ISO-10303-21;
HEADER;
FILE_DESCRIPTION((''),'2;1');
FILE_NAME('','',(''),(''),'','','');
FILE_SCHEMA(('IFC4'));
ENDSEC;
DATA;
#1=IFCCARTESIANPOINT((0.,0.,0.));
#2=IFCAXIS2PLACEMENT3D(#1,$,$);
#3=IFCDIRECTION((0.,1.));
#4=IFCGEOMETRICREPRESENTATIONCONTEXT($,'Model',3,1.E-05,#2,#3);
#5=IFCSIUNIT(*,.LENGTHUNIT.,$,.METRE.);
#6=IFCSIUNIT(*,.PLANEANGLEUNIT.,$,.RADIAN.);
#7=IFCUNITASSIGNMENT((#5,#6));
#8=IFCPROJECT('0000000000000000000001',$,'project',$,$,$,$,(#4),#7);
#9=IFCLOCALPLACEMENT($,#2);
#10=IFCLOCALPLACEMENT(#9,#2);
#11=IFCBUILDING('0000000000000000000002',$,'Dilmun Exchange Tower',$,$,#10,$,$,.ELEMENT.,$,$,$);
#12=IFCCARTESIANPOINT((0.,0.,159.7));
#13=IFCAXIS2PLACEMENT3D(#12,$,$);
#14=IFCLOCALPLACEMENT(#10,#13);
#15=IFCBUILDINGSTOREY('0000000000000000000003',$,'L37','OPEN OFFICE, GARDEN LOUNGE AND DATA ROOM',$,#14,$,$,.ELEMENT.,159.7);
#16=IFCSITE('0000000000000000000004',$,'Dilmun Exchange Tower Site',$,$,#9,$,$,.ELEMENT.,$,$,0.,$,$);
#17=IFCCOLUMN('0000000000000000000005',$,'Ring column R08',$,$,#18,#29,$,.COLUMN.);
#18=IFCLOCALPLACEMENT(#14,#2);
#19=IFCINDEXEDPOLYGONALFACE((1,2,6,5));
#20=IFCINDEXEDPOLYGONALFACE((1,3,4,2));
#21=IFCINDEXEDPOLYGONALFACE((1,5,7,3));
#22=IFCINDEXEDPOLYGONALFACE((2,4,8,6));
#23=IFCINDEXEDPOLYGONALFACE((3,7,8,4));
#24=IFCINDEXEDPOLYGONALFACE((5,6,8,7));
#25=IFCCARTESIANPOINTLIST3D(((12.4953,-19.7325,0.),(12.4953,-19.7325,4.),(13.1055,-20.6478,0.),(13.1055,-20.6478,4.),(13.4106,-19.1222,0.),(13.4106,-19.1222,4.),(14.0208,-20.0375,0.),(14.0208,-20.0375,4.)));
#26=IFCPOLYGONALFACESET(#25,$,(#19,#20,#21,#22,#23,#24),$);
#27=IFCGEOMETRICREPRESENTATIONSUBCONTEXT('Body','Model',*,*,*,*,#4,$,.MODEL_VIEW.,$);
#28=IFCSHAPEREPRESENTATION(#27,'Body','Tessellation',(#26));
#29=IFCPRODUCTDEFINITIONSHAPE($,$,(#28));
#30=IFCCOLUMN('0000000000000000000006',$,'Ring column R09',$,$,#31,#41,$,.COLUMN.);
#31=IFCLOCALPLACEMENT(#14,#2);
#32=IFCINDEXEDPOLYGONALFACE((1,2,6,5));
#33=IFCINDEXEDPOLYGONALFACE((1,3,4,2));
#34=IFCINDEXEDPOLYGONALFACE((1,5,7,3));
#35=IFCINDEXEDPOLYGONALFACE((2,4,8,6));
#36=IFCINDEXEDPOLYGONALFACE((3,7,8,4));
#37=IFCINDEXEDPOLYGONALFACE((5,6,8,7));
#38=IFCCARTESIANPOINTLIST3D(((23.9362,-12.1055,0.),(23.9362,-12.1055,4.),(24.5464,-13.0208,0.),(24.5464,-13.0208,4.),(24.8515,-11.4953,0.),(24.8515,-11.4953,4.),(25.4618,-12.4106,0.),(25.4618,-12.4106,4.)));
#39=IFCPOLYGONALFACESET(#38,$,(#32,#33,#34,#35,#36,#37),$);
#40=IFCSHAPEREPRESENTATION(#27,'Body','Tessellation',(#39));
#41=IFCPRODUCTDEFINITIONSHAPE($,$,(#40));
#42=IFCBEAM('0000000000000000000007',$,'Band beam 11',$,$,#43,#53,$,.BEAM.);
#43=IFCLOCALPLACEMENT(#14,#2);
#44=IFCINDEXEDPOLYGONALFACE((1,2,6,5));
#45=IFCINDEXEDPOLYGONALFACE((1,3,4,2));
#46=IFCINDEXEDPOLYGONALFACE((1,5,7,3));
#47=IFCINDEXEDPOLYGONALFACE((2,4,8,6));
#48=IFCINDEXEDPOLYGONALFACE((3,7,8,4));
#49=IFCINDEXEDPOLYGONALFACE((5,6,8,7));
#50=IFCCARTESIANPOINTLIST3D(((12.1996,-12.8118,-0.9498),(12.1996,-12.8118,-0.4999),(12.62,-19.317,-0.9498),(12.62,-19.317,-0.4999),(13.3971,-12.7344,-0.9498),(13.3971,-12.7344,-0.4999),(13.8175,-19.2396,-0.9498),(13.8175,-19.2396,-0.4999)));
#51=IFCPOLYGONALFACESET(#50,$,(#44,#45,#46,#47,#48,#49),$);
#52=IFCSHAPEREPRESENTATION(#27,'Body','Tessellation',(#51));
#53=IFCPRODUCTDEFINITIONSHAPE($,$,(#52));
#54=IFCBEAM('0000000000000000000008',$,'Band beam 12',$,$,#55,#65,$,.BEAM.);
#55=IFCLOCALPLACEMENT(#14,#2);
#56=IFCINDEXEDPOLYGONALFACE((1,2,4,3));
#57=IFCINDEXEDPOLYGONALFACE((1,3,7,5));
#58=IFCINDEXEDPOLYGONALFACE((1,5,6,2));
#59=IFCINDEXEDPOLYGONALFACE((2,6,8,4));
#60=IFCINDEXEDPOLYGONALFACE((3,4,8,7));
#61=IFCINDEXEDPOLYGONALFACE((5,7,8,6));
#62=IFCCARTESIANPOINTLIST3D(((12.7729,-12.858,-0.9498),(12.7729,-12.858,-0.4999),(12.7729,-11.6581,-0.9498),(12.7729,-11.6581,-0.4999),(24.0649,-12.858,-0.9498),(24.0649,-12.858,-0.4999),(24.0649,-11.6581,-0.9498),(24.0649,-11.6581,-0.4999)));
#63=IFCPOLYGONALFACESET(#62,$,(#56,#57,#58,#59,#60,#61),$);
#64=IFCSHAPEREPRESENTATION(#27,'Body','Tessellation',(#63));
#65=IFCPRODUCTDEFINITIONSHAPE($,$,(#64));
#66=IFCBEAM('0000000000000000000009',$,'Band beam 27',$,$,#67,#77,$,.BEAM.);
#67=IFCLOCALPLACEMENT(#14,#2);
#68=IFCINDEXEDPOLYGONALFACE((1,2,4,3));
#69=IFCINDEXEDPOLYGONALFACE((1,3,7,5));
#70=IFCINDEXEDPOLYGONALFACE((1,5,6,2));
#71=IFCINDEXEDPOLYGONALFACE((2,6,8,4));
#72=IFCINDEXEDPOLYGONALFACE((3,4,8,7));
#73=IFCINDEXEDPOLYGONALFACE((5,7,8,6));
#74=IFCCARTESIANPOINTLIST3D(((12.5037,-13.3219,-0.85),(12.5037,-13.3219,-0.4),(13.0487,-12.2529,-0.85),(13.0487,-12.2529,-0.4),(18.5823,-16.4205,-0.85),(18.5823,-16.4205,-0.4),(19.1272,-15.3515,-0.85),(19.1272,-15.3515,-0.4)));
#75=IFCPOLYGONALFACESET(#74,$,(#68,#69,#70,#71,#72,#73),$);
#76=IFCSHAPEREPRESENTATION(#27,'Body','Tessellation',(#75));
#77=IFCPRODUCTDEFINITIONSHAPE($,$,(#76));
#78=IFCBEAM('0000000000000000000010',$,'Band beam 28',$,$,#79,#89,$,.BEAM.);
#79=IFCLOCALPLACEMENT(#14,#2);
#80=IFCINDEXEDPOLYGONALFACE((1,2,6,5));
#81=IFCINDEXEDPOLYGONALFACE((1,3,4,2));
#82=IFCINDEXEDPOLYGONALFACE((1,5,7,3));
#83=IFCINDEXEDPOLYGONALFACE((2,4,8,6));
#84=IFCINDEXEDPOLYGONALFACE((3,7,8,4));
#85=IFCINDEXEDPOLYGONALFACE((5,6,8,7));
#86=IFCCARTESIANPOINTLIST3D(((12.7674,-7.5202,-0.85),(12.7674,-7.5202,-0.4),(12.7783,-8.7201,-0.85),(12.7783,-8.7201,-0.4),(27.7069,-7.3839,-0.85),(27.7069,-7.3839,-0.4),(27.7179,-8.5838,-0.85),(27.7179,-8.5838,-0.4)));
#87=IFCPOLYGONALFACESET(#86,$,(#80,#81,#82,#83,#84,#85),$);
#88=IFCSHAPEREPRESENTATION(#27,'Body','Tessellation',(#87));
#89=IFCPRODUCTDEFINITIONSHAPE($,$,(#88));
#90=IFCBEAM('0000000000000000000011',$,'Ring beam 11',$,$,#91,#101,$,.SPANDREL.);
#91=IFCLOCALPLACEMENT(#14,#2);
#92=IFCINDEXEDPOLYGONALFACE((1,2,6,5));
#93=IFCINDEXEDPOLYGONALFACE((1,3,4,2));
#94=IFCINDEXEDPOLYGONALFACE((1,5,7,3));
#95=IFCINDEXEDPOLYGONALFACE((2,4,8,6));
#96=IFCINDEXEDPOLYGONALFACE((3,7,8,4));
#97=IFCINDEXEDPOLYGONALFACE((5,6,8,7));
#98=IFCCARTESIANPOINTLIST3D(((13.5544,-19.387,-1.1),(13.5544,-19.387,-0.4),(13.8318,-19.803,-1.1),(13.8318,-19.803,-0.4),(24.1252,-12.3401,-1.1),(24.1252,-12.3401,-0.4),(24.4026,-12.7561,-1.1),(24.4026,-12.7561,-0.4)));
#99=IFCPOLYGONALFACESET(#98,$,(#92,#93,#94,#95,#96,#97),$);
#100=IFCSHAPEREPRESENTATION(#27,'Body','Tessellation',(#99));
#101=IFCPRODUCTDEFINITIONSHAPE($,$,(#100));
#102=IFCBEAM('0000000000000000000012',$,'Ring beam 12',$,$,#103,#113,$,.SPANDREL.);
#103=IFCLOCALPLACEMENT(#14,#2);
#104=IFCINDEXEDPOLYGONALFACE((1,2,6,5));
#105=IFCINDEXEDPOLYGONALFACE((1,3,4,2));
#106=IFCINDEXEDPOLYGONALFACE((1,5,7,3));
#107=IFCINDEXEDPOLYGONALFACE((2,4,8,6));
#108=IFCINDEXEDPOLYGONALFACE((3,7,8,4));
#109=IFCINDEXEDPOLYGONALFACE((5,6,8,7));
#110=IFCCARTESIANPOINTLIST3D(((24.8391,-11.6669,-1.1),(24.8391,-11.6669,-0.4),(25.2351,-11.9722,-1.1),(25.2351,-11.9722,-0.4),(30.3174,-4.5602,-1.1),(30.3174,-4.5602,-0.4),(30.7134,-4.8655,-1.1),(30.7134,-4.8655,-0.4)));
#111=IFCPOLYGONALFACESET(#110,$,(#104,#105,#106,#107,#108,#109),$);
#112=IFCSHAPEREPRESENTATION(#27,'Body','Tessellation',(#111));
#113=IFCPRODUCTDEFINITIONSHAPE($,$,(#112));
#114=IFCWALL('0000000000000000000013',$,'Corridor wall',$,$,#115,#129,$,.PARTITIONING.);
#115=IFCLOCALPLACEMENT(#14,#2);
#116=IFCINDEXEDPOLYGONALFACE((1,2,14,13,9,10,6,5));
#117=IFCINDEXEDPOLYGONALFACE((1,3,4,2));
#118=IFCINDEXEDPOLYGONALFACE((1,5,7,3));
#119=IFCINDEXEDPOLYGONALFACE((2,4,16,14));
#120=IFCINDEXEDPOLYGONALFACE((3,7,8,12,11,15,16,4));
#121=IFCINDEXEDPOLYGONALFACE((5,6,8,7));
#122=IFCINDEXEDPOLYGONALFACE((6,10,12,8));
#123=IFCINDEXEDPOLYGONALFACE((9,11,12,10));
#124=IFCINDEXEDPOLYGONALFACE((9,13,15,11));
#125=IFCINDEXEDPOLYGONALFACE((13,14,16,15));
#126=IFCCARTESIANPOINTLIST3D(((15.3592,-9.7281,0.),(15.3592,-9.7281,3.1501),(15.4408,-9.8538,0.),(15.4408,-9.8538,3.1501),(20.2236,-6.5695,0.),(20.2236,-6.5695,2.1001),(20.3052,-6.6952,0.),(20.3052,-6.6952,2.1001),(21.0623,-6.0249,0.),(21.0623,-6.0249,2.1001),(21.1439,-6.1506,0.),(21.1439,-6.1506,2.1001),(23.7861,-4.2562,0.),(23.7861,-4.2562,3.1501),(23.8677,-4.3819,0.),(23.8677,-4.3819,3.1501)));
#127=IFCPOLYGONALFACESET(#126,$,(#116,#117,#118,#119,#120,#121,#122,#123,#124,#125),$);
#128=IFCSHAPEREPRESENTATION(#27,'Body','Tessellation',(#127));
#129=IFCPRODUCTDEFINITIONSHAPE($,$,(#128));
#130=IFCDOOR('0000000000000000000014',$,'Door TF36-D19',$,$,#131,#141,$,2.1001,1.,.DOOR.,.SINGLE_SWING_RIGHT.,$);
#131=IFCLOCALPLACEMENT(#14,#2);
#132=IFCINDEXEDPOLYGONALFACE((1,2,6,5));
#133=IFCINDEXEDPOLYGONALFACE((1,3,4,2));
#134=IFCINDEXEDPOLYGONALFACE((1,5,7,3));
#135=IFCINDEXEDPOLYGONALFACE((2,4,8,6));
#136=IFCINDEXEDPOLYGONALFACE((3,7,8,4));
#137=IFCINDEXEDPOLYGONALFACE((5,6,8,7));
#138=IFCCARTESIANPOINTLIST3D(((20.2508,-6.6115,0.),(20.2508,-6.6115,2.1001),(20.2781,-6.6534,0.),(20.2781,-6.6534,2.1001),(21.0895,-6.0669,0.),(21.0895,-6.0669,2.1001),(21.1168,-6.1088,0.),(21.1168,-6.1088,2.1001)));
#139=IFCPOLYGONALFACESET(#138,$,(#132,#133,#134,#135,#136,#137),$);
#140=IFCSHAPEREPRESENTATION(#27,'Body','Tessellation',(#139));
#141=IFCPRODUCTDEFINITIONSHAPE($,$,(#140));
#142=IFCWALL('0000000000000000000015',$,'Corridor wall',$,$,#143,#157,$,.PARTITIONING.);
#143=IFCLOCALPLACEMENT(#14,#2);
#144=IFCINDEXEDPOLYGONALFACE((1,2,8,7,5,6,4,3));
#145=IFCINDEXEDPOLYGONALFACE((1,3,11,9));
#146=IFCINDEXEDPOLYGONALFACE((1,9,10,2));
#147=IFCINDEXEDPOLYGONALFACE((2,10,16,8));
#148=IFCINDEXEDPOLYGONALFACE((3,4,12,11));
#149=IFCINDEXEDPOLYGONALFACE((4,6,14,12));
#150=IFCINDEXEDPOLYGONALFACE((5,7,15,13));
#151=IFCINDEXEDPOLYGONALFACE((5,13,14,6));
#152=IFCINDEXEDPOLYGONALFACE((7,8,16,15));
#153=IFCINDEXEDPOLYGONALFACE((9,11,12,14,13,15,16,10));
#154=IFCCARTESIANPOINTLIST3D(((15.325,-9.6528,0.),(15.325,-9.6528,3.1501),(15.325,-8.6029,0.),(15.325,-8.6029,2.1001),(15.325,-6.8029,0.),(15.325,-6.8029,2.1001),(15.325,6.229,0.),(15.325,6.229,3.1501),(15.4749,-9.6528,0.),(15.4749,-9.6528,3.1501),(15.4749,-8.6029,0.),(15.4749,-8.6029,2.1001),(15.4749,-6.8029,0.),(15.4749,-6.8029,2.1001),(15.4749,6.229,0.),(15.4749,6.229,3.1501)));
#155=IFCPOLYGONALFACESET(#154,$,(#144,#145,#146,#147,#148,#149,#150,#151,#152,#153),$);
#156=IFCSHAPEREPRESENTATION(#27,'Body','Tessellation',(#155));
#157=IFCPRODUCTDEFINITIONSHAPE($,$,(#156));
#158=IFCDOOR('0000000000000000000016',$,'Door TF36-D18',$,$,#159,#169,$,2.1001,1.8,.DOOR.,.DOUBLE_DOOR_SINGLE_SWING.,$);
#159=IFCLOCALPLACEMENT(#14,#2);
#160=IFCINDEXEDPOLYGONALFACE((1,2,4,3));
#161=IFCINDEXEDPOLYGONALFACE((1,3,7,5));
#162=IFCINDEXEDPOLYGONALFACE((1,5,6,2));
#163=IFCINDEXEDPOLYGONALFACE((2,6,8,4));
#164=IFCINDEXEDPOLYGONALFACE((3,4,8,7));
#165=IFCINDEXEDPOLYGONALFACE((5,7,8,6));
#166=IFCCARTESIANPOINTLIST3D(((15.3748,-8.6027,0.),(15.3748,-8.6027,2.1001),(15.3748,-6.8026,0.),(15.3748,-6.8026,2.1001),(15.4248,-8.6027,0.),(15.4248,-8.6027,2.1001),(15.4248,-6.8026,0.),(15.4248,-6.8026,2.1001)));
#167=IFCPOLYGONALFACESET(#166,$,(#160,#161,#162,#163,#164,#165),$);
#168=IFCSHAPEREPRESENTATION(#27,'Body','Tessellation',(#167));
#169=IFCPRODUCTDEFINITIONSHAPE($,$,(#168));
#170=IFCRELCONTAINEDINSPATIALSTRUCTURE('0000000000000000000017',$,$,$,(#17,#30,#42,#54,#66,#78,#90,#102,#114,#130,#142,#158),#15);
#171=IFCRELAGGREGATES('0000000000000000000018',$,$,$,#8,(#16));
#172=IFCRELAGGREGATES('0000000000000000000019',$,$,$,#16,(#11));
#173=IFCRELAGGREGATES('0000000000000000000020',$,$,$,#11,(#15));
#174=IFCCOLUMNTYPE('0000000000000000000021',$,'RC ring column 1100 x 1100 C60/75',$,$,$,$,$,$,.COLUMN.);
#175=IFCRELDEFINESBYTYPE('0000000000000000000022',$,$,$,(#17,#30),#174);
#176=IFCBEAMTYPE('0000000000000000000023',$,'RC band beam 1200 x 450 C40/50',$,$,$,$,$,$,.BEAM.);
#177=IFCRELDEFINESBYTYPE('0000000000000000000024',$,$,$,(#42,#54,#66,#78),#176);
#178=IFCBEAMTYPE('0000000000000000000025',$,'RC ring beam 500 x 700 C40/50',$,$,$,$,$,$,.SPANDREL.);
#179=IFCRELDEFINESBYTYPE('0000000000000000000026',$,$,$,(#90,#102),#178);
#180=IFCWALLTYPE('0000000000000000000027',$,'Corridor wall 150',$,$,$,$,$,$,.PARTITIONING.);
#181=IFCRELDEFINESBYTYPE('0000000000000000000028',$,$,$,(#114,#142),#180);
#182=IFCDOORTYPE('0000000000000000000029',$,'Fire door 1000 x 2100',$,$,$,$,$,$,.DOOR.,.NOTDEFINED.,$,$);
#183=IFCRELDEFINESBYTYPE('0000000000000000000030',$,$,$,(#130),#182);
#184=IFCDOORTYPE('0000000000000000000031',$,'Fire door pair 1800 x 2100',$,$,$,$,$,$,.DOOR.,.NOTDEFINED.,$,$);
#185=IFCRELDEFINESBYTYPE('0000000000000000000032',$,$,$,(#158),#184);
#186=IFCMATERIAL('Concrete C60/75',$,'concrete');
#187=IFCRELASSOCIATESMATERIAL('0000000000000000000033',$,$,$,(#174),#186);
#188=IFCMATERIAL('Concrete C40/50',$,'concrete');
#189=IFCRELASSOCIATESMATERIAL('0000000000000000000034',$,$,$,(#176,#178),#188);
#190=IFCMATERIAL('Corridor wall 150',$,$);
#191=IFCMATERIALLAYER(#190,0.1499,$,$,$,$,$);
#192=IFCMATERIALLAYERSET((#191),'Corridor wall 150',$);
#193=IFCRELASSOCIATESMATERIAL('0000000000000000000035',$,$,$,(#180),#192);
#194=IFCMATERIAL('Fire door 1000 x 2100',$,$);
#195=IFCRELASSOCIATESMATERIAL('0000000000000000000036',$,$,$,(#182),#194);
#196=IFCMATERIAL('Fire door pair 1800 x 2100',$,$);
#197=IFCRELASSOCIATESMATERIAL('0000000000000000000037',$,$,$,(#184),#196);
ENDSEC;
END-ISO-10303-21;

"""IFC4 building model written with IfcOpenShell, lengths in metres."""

from ifc_helpers import new_model, si_unit, direction, frame, frame_2d, origin, origin_2d, place, context, subcontext, project, spatial, rectangle, extrude, material, layer, layer_set, material_profile, profile_set, type_object, element, fill, save


model = new_model("IFC4")

# Units and contexts
model_context = context("Model", 3, precision=1e-05, world=origin(), true_north=direction((0.0, 1.0)))
body_context = subcontext(model_context, "Body", "Model", "MODEL_VIEW")
ifc_project = project(units=[si_unit("LENGTHUNIT", "METRE"), si_unit("PLANEANGLEUNIT", "RADIAN")], contexts=[model_context])

# Site, building, storey
site_placement = place(None, origin())
site = spatial("IfcSite", under=ifc_project, at=site_placement, Name="Dilmun Exchange Tower Site", CompositionType="ELEMENT", RefElevation=0.0)
building_placement = place(site_placement, origin())
building = spatial("IfcBuilding", under=site, at=building_placement, Name="Dilmun Exchange Tower", CompositionType="ELEMENT")
storey_placement = place(building_placement, frame((0.0, 0.0, 159.7)))
storey = spatial("IfcBuildingStorey", under=building, at=storey_placement, Name="L37", Description="OPEN OFFICE, GARDEN LOUNGE AND DATA ROOM", CompositionType="ELEMENT", Elevation=159.7)

# Columns
ifc_material_1 = material(Name="Concrete C60/75", Category="concrete")
ifc_material_profile_1 = material_profile(ifc_material_1, rectangle(XDim=1.1001, YDim=1.1001, at=origin_2d()), Name="1100 x 1100")
ifc_profile_set_1 = profile_set([ifc_material_profile_1], Name="Concrete C60/75")
column_type = type_object("IfcColumnType", Name="RC ring column 1100 x 1100 C60/75", PredefinedType="COLUMN", material=ifc_profile_set_1)
for number, where, z_axis, x_axis, name in (
    (1, (13.2581, -19.885, 0.0), (0.0, 0.0, 1.0), (0.832029, 0.554733, 0.0), "Ring column R08"),
    (2, (24.699, -12.2581, 0.0), (0.0, 0.0, 1.0), (0.832029, 0.554733, 0.0), "Ring column R09"),
):
    element("IfcColumn", number, at=place(storey_placement, frame(where, z_axis=z_axis, x_axis=x_axis)), inside=storey, type_object=column_type, Name=name, PredefinedType="COLUMN", context=body_context, shape_type="SweptSolid", body=[
        extrude(rectangle(XDim=1.1001, YDim=1.1001, at=origin_2d()), origin(), (0.0, 0.0, 1.0), 4.0),
    ])

# Beams
ifc_material_2 = material(Name="Concrete C40/50", Category="concrete")
ifc_material_profile_2 = material_profile(ifc_material_2, rectangle(XDim=1.2, YDim=0.45, at=origin_2d()), Name="1200 x 450")
ifc_profile_set_2 = profile_set([ifc_material_profile_2], Name="Concrete C40/50")
beam_type_1 = type_object("IfcBeamType", Name="RC band beam 1200 x 450 C40/50", PredefinedType="BEAM", material=ifc_profile_set_2)
beam_1_placement = place(storey_placement, frame((13.2188, -19.2783, -0.7249), z_axis=(-0.064493, 0.997918, 0.0), x_axis=(-0.997918, -0.064493, 0.0)))
element("IfcBeam", 3, at=beam_1_placement, inside=storey, type_object=beam_type_1, Name="Band beam 11", PredefinedType="BEAM", context=body_context, shape_type="SweptSolid", body=[
    extrude(rectangle(XDim=1.2, YDim=0.45, at=origin_2d()), origin(), (0.0, 0.0, 1.0), 6.5188),
])
beam_2_placement = place(storey_placement, frame((24.0649, -12.2581, -0.7249), z_axis=(-1.0, 0.0, 0.0), x_axis=(0.0, -1.0, 0.0)))
element("IfcBeam", 4, at=beam_2_placement, inside=storey, type_object=beam_type_1, Name="Band beam 12", PredefinedType="BEAM", context=body_context, shape_type="SweptSolid", body=[
    extrude(rectangle(XDim=1.2, YDim=0.45, at=origin_2d()), origin(), (0.0, 0.0, 1.0), 11.292),
])
beam_3_placement = place(storey_placement, frame((18.8547, -15.886, -0.625), z_axis=(-0.890922, 0.454156, 0.0), x_axis=(-0.454156, -0.890922, 0.0)))
element("IfcBeam", 5, at=beam_3_placement, inside=storey, type_object=beam_type_1, Name="Band beam 27", PredefinedType="BEAM", context=body_context, shape_type="SweptSolid", body=[
    extrude(rectangle(XDim=1.2, YDim=0.45, at=origin_2d()), origin(), (0.0, 0.0, 1.0), 6.8228),
])
beam_4_placement = place(storey_placement, frame((27.7124, -7.9839, -0.625), z_axis=(-0.999958, -0.009118, 0.0), x_axis=(0.009118, -0.999958, 0.0)))
element("IfcBeam", 6, at=beam_4_placement, inside=storey, type_object=beam_type_1, Name="Band beam 28", PredefinedType="BEAM", context=body_context, shape_type="SweptSolid", body=[
    extrude(rectangle(XDim=1.2, YDim=0.45, at=origin_2d()), origin(), (0.0, 0.0, 1.0), 14.9402),
])
ifc_material_profile_3 = material_profile(ifc_material_2, rectangle(XDim=0.5, YDim=0.7, at=origin_2d()), Name="500 x 700")
ifc_profile_set_3 = profile_set([ifc_material_profile_3], Name="Concrete C40/50")
beam_type_2 = type_object("IfcBeamType", Name="RC ring beam 500 x 700 C40/50", PredefinedType="SPANDREL", material=ifc_profile_set_3)
beam_5_placement = place(storey_placement, frame((13.6931, -19.595, -0.75), z_axis=(0.832062, 0.554682, 0.0), x_axis=(-0.554682, 0.832062, 0.0)))
element("IfcBeam", 7, at=beam_5_placement, inside=storey, type_object=beam_type_2, Name="Ring beam 11", PredefinedType="SPANDREL", context=body_context, shape_type="SweptSolid", body=[
    extrude(rectangle(XDim=0.5, YDim=0.7, at=origin_2d()), origin(), (0.0, 0.0, 1.0), 12.7043),
])
beam_6_placement = place(storey_placement, frame((25.0371, -11.8196, -0.75), z_axis=(0.610522, 0.792, 0.0), x_axis=(-0.792, 0.610522, 0.0)))
element("IfcBeam", 8, at=beam_6_placement, inside=storey, type_object=beam_type_2, Name="Ring beam 12", PredefinedType="SPANDREL", context=body_context, shape_type="SweptSolid", body=[
    extrude(rectangle(XDim=0.5, YDim=0.7, at=origin_2d()), origin(), (0.0, 0.0, 1.0), 8.9731),
])

# Walls, openings, doors
ifc_material_3 = material(Name="Corridor wall 150")
ifc_layer_1 = layer(ifc_material_3, 0.1499)
ifc_layer_set_1 = layer_set([ifc_layer_1], Name="Corridor wall 150")
wall_type_1 = type_object("IfcWallType", Name="Corridor wall 150", PredefinedType="PARTITIONING", material=ifc_layer_set_1)
wall_1_placement = place(storey_placement, frame((15.3999, -9.791, 0.0), z_axis=(0.0, 0.0, 1.0), x_axis=(0.838699, 0.544595, 0.0)))
wall_1 = element("IfcWall", 9, at=wall_1_placement, inside=storey, type_object=wall_type_1, Name="Corridor wall", PredefinedType="PARTITIONING", context=body_context, shape_type="SweptSolid", body=[
    extrude(rectangle(XDim=10.0476, YDim=0.1499, at=frame_2d((5.0239, 0.0))), origin(), (0.0, 0.0, 1.0), 3.1501),
])
opening_1_placement = place(wall_1_placement, frame((5.8, 0.0, 0.0)))
opening_1 = element("IfcOpeningElement", 10, at=opening_1_placement, cuts=wall_1, PredefinedType="OPENING", context=body_context, shape_type="SweptSolid", body=[
    extrude(rectangle(XDim=1.0, YDim=2.1001, at=frame_2d((0.5, 1.05))), frame((0.0, 0.085, 0.0), z_axis=(0.0, -1.0, 0.0), x_axis=(1.0, 0.0, 0.0)), (0.0, 0.0, 1.0), 0.1699),
])
ifc_material_4 = material(Name="Fire door 1000 x 2100")
door_type_1 = type_object("IfcDoorType", Name="Fire door 1000 x 2100", OperationType="NOTDEFINED", PredefinedType="DOOR", material=ifc_material_4)
door_1_placement = place(opening_1_placement, origin())
door_1 = element("IfcDoor", 11, at=door_1_placement, inside=storey, type_object=door_type_1, Name="Door TF36-D19", OperationType="SINGLE_SWING_RIGHT", OverallHeight=2.1001, OverallWidth=1.0, PredefinedType="DOOR", context=body_context, shape_type="SweptSolid", body=[
    extrude(rectangle(XDim=1.0, YDim=2.1001, at=frame_2d((0.5, 1.05))), frame((0.0, 0.0249, 0.0), z_axis=(0.0, -1.0, 0.0), x_axis=(1.0, 0.0, 0.0)), (0.0, 0.0, 1.0), 0.05),
])
fill(opening_1, door_1)
wall_2_placement = place(storey_placement, frame((15.3999, -9.6528, 0.0), z_axis=(0.0, 0.0, 1.0), x_axis=(0.0, 1.0, 0.0)))
wall_2 = element("IfcWall", 12, at=wall_2_placement, inside=storey, type_object=wall_type_1, Name="Corridor wall", PredefinedType="PARTITIONING", context=body_context, shape_type="SweptSolid", body=[
    extrude(rectangle(XDim=15.8818, YDim=0.1499, at=frame_2d((7.9409, 0.0))), origin(), (0.0, 0.0, 1.0), 3.1501),
])
opening_2_placement = place(wall_2_placement, frame((1.05, 0.0, 0.0)))
opening_2 = element("IfcOpeningElement", 13, at=opening_2_placement, cuts=wall_2, PredefinedType="OPENING", context=body_context, shape_type="SweptSolid", body=[
    extrude(rectangle(XDim=1.8, YDim=2.1001, at=frame_2d((0.8999, 1.05))), frame((0.0, 0.085, 0.0), z_axis=(0.0, -1.0, 0.0), x_axis=(1.0, 0.0, 0.0)), (0.0, 0.0, 1.0), 0.1699),
])
ifc_material_5 = material(Name="Fire door pair 1800 x 2100")
door_type_2 = type_object("IfcDoorType", Name="Fire door pair 1800 x 2100", OperationType="NOTDEFINED", PredefinedType="DOOR", material=ifc_material_5)
door_2_placement = place(opening_2_placement, frame((1.8, 0.0, 0.0), z_axis=(0.0, 0.0, 1.0), x_axis=(-1.0, 0.0, 0.0)))
door_2 = element("IfcDoor", 14, at=door_2_placement, inside=storey, type_object=door_type_2, Name="Door TF36-D18", OperationType="DOUBLE_DOOR_SINGLE_SWING", OverallHeight=2.1001, OverallWidth=1.8, PredefinedType="DOOR", context=body_context, shape_type="SweptSolid", body=[
    extrude(rectangle(XDim=1.8, YDim=2.1001, at=frame_2d((0.8999, 1.05))), frame((0.0, 0.0249, 0.0), z_axis=(0.0, -1.0, 0.0), x_axis=(1.0, 0.0, 0.0)), (0.0, 0.0, 1.0), 0.05),
])
fill(opening_2, door_2)

save(model, "model.ifc")
